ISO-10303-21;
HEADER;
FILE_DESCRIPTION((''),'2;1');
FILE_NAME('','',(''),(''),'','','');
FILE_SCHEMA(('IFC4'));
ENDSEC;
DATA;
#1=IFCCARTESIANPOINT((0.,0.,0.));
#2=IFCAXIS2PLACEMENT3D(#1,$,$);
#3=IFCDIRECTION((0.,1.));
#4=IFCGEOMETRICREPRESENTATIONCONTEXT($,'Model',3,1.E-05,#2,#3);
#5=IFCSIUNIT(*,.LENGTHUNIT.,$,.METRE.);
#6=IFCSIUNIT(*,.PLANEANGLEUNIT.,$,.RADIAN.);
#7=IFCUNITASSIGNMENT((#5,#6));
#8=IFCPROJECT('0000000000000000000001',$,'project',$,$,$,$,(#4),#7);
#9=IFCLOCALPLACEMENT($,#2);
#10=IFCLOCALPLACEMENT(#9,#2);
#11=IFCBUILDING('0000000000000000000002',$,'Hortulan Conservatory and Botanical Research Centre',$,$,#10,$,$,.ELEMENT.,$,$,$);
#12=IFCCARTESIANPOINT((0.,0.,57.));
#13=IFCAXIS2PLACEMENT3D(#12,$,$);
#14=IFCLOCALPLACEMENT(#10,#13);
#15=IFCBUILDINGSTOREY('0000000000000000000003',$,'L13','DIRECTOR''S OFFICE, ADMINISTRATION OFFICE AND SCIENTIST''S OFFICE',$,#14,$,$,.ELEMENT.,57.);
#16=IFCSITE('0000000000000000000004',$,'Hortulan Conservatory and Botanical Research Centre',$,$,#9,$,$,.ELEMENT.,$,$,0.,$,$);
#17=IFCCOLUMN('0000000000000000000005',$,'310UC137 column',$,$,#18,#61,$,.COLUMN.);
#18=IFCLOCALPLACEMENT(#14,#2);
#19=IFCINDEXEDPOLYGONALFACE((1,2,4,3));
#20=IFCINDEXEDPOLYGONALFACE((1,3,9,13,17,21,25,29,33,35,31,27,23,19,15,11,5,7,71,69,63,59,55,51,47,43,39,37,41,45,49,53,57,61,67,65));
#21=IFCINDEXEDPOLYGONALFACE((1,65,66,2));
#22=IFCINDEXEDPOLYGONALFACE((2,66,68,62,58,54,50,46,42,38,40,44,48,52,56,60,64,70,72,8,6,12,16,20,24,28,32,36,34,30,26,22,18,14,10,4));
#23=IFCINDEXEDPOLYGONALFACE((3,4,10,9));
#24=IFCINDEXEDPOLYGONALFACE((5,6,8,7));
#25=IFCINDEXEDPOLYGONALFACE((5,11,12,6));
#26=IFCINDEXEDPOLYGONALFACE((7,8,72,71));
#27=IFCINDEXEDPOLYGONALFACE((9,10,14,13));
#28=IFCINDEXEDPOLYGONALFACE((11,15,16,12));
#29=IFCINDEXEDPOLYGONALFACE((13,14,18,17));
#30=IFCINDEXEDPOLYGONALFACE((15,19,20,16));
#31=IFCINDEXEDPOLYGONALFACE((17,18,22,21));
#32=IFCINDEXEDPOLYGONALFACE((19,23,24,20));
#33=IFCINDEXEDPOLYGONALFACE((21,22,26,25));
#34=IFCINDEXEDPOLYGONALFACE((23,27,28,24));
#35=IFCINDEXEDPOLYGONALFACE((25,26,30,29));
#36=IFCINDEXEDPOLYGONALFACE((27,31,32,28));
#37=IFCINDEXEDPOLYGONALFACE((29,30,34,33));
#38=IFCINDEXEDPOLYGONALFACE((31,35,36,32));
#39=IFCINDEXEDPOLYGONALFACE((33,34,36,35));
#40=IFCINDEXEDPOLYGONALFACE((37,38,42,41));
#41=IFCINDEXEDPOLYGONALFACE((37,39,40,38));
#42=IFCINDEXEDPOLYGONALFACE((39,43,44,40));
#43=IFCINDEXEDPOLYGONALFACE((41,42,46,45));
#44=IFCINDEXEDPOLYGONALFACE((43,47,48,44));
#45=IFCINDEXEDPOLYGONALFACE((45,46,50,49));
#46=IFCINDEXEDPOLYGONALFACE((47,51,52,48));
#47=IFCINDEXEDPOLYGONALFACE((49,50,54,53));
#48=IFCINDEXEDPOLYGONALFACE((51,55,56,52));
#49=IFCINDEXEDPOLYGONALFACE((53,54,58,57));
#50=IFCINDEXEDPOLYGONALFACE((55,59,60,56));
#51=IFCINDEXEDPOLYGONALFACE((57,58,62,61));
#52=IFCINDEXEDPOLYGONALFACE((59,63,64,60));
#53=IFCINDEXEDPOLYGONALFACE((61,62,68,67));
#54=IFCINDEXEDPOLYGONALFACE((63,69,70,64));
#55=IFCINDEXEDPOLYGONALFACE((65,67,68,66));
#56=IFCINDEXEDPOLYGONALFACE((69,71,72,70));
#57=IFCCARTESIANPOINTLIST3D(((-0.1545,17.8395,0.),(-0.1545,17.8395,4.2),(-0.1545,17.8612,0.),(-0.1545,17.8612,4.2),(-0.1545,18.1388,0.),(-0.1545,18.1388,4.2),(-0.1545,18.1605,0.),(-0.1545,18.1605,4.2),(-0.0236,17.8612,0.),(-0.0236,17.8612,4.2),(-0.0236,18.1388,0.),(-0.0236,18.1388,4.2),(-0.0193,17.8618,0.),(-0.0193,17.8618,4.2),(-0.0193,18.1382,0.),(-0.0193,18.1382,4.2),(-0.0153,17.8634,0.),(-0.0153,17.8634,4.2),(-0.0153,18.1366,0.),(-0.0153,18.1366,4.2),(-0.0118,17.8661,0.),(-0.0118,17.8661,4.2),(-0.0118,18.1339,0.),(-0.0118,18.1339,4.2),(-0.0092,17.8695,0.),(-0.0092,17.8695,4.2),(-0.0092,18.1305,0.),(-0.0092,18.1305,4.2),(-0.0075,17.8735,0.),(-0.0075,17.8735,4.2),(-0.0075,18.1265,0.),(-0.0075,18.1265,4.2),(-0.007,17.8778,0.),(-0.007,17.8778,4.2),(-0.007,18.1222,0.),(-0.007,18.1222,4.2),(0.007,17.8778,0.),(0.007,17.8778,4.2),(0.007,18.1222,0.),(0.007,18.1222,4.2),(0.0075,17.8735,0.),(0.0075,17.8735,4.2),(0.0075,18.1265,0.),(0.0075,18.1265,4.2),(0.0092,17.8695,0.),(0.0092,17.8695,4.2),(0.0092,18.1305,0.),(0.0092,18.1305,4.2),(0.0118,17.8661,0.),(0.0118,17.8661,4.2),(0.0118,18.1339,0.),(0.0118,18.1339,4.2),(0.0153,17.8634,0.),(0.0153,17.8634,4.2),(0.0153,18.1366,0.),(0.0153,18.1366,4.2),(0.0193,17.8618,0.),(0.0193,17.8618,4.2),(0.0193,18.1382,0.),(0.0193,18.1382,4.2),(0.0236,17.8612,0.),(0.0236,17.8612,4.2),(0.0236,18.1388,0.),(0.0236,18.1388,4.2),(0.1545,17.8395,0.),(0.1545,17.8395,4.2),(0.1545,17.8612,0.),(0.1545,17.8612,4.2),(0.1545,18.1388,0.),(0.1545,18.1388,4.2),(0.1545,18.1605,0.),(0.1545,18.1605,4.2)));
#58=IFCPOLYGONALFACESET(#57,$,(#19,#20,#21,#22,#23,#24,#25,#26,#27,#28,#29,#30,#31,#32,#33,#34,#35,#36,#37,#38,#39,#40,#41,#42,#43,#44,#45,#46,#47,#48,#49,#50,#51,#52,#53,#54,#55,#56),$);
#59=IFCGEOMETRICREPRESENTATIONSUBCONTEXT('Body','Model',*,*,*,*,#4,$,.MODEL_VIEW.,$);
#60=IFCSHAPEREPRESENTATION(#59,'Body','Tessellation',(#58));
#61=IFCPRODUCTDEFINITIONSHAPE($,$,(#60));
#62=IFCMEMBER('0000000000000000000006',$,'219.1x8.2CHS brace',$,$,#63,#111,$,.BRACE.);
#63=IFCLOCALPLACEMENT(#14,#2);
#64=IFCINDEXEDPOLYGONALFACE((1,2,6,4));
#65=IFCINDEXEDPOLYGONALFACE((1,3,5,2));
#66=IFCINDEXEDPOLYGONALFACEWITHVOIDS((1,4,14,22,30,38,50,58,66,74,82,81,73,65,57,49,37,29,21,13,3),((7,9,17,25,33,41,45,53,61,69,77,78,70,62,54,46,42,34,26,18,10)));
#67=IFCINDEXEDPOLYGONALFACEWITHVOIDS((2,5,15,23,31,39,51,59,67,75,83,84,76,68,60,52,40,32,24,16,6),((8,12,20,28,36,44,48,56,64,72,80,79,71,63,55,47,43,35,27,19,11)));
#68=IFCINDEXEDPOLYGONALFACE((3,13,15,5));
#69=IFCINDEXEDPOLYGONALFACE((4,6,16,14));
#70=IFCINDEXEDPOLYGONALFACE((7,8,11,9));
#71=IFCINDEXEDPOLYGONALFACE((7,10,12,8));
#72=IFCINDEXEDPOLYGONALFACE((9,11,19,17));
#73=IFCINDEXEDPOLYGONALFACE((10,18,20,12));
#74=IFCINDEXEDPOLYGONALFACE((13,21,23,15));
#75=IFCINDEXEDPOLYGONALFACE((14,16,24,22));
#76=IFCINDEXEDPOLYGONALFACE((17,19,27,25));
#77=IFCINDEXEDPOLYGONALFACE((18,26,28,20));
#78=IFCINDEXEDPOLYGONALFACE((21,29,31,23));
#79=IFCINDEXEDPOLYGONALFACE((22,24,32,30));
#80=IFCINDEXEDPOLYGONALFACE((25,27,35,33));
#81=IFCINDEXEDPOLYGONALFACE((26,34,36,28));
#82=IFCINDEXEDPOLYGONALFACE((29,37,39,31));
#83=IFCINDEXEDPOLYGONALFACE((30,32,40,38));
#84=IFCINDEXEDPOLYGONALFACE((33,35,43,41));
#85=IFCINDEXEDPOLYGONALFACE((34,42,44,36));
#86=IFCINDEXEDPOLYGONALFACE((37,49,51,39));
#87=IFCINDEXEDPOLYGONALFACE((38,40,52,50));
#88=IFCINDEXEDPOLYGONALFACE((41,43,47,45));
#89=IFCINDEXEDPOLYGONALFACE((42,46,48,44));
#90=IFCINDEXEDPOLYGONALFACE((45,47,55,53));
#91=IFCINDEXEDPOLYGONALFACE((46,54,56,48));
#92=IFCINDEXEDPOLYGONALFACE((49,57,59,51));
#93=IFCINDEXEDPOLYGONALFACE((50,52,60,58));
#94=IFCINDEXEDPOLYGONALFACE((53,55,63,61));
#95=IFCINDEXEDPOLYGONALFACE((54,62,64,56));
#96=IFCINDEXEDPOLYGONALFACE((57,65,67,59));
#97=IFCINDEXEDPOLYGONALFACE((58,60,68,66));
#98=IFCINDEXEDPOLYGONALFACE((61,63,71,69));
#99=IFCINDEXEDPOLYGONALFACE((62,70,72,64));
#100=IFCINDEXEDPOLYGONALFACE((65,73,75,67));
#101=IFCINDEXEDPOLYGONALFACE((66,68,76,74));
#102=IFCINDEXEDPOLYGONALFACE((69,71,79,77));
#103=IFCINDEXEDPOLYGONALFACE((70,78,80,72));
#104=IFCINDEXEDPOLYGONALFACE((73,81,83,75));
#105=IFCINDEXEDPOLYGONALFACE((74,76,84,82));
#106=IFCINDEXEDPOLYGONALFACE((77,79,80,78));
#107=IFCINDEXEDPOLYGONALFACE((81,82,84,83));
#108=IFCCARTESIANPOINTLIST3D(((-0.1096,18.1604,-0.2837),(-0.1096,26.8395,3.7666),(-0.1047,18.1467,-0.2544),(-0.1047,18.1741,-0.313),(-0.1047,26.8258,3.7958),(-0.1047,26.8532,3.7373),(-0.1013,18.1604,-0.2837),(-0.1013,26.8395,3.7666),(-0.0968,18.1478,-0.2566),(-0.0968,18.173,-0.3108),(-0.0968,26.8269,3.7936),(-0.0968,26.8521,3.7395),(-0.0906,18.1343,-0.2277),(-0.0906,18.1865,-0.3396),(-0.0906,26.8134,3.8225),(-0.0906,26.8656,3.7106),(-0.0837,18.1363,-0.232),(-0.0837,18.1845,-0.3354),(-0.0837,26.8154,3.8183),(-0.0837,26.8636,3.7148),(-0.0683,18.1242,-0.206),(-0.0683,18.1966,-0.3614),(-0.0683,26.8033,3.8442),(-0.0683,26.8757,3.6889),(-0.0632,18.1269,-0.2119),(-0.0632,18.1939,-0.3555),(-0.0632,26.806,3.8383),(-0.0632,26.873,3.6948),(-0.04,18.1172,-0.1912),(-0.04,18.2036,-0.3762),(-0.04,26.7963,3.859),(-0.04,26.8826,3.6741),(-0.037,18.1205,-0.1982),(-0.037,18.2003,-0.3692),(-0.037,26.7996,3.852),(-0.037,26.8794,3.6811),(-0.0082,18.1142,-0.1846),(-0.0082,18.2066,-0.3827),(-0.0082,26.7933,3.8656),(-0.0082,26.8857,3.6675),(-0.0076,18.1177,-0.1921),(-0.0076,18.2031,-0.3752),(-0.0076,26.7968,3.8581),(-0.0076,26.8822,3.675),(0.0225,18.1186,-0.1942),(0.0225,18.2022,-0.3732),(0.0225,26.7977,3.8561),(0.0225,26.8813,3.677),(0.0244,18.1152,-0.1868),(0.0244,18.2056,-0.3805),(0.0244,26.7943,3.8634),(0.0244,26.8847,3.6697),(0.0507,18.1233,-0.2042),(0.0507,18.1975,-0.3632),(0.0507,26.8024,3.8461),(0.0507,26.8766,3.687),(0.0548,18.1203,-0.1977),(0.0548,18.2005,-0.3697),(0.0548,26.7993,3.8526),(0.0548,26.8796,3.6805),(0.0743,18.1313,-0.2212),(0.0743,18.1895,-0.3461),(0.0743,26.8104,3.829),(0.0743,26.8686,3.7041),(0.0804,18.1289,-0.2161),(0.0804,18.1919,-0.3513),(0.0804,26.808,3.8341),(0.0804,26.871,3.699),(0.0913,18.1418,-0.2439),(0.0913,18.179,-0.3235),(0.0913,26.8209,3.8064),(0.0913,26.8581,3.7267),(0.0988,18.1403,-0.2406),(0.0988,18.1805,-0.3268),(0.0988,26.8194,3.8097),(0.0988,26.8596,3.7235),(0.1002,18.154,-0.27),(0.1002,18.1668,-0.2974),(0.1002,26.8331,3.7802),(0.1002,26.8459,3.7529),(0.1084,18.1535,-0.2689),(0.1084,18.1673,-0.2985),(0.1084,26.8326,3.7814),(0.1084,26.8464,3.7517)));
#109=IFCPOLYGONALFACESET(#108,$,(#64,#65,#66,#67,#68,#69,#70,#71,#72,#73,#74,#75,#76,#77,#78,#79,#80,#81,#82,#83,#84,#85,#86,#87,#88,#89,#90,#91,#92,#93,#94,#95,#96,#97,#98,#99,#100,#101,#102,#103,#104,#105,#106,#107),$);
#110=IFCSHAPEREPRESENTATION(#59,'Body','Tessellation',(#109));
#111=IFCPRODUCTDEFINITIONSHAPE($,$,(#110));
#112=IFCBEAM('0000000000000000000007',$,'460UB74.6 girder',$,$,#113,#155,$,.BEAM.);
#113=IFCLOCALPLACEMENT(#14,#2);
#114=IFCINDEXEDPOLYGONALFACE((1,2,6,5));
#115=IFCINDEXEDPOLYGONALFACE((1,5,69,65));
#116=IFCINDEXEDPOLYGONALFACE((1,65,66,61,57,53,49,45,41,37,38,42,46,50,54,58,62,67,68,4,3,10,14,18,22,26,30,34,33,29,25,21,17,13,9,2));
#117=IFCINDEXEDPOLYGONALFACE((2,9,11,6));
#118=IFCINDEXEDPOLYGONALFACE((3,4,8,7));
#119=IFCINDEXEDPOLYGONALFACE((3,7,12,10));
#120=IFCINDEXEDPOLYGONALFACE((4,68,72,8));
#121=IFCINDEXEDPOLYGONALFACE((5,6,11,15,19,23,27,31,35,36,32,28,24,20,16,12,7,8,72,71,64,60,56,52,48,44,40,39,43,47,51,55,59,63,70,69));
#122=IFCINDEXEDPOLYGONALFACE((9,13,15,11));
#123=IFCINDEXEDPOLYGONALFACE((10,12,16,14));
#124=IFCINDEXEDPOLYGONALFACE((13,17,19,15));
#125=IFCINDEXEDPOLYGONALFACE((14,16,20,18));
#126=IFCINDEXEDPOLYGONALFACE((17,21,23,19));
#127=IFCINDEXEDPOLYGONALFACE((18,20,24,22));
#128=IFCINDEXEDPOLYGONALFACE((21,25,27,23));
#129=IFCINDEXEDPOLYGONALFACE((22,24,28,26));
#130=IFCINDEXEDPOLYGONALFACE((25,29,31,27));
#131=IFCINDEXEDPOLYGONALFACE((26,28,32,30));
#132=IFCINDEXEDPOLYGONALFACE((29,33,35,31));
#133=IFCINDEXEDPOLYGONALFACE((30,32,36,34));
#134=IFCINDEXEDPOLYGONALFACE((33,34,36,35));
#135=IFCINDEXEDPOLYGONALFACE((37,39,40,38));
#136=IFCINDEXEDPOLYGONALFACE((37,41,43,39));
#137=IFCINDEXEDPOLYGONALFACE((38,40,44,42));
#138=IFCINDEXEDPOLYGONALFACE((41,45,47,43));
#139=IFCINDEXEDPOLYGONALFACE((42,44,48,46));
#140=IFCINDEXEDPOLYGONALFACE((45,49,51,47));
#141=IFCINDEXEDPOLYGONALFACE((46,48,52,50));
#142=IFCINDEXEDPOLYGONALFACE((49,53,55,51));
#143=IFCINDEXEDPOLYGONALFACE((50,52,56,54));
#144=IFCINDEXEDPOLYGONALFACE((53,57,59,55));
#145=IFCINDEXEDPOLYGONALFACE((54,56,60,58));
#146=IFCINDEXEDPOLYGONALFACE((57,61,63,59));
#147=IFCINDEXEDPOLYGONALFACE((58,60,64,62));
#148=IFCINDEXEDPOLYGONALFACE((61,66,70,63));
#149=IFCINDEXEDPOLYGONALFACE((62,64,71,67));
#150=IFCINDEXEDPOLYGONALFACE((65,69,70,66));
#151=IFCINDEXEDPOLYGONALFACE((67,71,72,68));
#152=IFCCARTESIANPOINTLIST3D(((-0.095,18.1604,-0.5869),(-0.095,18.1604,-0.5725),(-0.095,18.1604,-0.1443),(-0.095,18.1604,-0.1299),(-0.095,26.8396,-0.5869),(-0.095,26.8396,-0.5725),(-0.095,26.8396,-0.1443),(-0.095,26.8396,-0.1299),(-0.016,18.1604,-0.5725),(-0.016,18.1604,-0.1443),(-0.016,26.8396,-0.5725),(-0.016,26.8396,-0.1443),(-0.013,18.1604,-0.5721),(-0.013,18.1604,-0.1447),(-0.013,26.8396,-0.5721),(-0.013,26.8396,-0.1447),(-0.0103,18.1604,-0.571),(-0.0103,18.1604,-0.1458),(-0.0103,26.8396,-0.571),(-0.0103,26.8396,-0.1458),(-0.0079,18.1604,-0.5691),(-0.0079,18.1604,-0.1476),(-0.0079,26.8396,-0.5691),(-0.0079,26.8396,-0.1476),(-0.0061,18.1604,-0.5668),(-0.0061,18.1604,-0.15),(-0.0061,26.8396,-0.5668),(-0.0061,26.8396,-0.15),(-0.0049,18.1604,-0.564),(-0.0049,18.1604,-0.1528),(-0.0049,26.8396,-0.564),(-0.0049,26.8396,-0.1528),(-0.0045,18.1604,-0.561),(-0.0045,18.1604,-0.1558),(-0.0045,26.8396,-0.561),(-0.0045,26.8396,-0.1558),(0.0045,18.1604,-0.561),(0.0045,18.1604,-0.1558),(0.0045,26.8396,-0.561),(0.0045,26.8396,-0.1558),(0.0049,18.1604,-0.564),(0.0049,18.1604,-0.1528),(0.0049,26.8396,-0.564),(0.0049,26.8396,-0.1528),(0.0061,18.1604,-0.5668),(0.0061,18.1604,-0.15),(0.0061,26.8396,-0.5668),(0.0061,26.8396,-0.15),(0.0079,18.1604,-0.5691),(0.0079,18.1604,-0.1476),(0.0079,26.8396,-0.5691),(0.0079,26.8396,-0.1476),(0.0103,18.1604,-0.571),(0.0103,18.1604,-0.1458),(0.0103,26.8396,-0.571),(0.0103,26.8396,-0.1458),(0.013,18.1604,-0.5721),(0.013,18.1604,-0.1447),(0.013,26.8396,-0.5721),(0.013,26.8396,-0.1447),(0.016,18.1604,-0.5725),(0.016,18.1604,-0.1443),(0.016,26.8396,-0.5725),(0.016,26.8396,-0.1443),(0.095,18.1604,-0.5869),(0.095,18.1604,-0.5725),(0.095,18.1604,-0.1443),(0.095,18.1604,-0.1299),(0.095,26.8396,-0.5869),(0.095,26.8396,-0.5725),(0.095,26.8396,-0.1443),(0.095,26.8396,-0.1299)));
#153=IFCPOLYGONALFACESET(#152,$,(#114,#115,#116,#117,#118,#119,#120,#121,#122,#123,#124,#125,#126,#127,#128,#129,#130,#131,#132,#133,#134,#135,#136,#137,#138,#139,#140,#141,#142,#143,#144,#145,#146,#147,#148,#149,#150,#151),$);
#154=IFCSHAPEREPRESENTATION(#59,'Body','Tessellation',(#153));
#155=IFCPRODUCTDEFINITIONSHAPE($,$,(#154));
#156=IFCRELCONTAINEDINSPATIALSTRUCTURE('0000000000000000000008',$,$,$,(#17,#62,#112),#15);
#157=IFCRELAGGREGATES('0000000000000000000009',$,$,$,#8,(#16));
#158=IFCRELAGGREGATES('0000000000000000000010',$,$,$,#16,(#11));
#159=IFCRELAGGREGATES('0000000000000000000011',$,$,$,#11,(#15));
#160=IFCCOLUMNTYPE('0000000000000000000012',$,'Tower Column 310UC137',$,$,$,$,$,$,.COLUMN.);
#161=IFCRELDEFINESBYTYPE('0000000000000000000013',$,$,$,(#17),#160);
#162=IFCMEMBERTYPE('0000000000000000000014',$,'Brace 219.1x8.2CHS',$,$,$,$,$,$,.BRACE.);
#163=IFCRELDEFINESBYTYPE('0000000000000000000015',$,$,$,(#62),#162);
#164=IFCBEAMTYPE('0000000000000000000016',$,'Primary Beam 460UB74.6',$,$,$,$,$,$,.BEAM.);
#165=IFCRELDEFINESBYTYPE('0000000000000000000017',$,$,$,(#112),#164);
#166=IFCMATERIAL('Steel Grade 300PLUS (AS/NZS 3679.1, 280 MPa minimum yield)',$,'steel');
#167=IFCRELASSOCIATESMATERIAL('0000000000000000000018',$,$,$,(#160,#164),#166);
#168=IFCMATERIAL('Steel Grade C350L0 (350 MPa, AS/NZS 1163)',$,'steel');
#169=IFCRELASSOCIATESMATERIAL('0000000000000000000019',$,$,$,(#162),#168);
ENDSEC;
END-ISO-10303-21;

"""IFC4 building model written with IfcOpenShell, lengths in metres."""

from ifc_helpers import new_model, si_unit, direction, frame, origin, origin_2d, place, context, subcontext, project, spatial, hollow_circle, i_section, extrude, material, material_profile, profile_set, type_object, element, save


model = new_model("IFC4")

# Units and contexts
model_context = context("Model", 3, precision=1e-05, world=origin(), true_north=direction((0.0, 1.0)))
body_context = subcontext(model_context, "Body", "Model", "MODEL_VIEW")
ifc_project = project(units=[si_unit("LENGTHUNIT", "METRE"), si_unit("PLANEANGLEUNIT", "RADIAN")], contexts=[model_context])

# Site, building, storey
site_placement = place(None, origin())
site = spatial("IfcSite", under=ifc_project, at=site_placement, Name="Hortulan Conservatory and Botanical Research Centre", CompositionType="ELEMENT", RefElevation=0.0)
building_placement = place(site_placement, origin())
building = spatial("IfcBuilding", under=site, at=building_placement, Name="Hortulan Conservatory and Botanical Research Centre", CompositionType="ELEMENT")
storey_placement = place(building_placement, frame((0.0, 0.0, 57.0)))
storey = spatial("IfcBuildingStorey", under=building, at=storey_placement, Name="L13", Description="DIRECTOR'S OFFICE, ADMINISTRATION OFFICE AND SCIENTIST'S OFFICE", CompositionType="ELEMENT", Elevation=57.0)

# Column
ifc_material_1 = material(Name="Steel Grade 300PLUS (AS/NZS 3679.1, 280 MPa minimum yield)", Category="steel")
ifc_material_profile_1 = material_profile(ifc_material_1, i_section(OverallWidth=0.3091, OverallDepth=0.321, WebThickness=0.0139, FlangeThickness=0.0217, FilletRadius=0.0166, at=origin_2d()), Name="310UC137")
ifc_profile_set_1 = profile_set([ifc_material_profile_1], Name="Steel Grade 300PLUS (AS/NZS 3679.1, 280 MPa minimum yield)")
column_type = type_object("IfcColumnType", Name="Tower Column 310UC137", PredefinedType="COLUMN", material=ifc_profile_set_1)
column_placement = place(storey_placement, frame((0.0, 18.0, 0.0), z_axis=(0.0, 0.0, 1.0), x_axis=(1.0, 0.0, 0.0)))
element("IfcColumn", 1, at=column_placement, inside=storey, type_object=column_type, Name="310UC137 column", PredefinedType="COLUMN", context=body_context, shape_type="SweptSolid", body=[
    extrude(i_section(OverallWidth=0.3091, OverallDepth=0.321, WebThickness=0.0139, FlangeThickness=0.0217, FilletRadius=0.0166, at=origin_2d()), origin(), (0.0, 0.0, 1.0), 4.2),
])

# Member
ifc_material_2 = material(Name="Steel Grade C350L0 (350 MPa, AS/NZS 1163)", Category="steel")
ifc_material_profile_2 = material_profile(ifc_material_2, hollow_circle(Radius=0.1096, WallThickness=0.0083, at=origin_2d()), Name="219.1x8.2CHS")
ifc_profile_set_2 = profile_set([ifc_material_profile_2], Name="Steel Grade C350L0 (350 MPa, AS/NZS 1163)")
member_type = type_object("IfcMemberType", Name="Brace 219.1x8.2CHS", PredefinedType="BRACE", material=ifc_profile_set_2)
member_placement = place(storey_placement, frame((0.0, 18.1604, -0.2837), z_axis=(0.0, 0.906183, 0.422885), x_axis=(-1.0, 0.0, 0.0)))
element("IfcMember", 2, at=member_placement, inside=storey, type_object=member_type, Name="219.1x8.2CHS brace", PredefinedType="BRACE", context=body_context, shape_type="SweptSolid", body=[
    extrude(hollow_circle(Radius=0.1096, WallThickness=0.0083, at=origin_2d()), origin(), (0.0, 0.0, 1.0), 9.5776),
])

# Beam
ifc_material_profile_3 = material_profile(ifc_material_1, i_section(OverallWidth=0.1899, OverallDepth=0.457, WebThickness=0.009, FlangeThickness=0.0144, FilletRadius=0.0115, at=origin_2d()), Name="460UB74.6")
ifc_profile_set_3 = profile_set([ifc_material_profile_3], Name="Steel Grade 300PLUS (AS/NZS 3679.1, 280 MPa minimum yield)")
beam_type_1 = type_object("IfcBeamType", Name="Primary Beam 460UB74.6", PredefinedType="BEAM", material=ifc_profile_set_3)
beam_1_placement = place(storey_placement, frame((0.0, 18.1604, -0.3584), z_axis=(0.0, 1.0, 0.0), x_axis=(-1.0, 0.0, 0.0)))
element("IfcBeam", 3, at=beam_1_placement, inside=storey, type_object=beam_type_1, Name="460UB74.6 girder", PredefinedType="BEAM", context=body_context, shape_type="SweptSolid", body=[
    extrude(i_section(OverallWidth=0.1899, OverallDepth=0.457, WebThickness=0.009, FlangeThickness=0.0144, FilletRadius=0.0115, at=origin_2d()), origin(), (0.0, 0.0, 1.0), 8.6792),
])

save(model, "model.ifc")
